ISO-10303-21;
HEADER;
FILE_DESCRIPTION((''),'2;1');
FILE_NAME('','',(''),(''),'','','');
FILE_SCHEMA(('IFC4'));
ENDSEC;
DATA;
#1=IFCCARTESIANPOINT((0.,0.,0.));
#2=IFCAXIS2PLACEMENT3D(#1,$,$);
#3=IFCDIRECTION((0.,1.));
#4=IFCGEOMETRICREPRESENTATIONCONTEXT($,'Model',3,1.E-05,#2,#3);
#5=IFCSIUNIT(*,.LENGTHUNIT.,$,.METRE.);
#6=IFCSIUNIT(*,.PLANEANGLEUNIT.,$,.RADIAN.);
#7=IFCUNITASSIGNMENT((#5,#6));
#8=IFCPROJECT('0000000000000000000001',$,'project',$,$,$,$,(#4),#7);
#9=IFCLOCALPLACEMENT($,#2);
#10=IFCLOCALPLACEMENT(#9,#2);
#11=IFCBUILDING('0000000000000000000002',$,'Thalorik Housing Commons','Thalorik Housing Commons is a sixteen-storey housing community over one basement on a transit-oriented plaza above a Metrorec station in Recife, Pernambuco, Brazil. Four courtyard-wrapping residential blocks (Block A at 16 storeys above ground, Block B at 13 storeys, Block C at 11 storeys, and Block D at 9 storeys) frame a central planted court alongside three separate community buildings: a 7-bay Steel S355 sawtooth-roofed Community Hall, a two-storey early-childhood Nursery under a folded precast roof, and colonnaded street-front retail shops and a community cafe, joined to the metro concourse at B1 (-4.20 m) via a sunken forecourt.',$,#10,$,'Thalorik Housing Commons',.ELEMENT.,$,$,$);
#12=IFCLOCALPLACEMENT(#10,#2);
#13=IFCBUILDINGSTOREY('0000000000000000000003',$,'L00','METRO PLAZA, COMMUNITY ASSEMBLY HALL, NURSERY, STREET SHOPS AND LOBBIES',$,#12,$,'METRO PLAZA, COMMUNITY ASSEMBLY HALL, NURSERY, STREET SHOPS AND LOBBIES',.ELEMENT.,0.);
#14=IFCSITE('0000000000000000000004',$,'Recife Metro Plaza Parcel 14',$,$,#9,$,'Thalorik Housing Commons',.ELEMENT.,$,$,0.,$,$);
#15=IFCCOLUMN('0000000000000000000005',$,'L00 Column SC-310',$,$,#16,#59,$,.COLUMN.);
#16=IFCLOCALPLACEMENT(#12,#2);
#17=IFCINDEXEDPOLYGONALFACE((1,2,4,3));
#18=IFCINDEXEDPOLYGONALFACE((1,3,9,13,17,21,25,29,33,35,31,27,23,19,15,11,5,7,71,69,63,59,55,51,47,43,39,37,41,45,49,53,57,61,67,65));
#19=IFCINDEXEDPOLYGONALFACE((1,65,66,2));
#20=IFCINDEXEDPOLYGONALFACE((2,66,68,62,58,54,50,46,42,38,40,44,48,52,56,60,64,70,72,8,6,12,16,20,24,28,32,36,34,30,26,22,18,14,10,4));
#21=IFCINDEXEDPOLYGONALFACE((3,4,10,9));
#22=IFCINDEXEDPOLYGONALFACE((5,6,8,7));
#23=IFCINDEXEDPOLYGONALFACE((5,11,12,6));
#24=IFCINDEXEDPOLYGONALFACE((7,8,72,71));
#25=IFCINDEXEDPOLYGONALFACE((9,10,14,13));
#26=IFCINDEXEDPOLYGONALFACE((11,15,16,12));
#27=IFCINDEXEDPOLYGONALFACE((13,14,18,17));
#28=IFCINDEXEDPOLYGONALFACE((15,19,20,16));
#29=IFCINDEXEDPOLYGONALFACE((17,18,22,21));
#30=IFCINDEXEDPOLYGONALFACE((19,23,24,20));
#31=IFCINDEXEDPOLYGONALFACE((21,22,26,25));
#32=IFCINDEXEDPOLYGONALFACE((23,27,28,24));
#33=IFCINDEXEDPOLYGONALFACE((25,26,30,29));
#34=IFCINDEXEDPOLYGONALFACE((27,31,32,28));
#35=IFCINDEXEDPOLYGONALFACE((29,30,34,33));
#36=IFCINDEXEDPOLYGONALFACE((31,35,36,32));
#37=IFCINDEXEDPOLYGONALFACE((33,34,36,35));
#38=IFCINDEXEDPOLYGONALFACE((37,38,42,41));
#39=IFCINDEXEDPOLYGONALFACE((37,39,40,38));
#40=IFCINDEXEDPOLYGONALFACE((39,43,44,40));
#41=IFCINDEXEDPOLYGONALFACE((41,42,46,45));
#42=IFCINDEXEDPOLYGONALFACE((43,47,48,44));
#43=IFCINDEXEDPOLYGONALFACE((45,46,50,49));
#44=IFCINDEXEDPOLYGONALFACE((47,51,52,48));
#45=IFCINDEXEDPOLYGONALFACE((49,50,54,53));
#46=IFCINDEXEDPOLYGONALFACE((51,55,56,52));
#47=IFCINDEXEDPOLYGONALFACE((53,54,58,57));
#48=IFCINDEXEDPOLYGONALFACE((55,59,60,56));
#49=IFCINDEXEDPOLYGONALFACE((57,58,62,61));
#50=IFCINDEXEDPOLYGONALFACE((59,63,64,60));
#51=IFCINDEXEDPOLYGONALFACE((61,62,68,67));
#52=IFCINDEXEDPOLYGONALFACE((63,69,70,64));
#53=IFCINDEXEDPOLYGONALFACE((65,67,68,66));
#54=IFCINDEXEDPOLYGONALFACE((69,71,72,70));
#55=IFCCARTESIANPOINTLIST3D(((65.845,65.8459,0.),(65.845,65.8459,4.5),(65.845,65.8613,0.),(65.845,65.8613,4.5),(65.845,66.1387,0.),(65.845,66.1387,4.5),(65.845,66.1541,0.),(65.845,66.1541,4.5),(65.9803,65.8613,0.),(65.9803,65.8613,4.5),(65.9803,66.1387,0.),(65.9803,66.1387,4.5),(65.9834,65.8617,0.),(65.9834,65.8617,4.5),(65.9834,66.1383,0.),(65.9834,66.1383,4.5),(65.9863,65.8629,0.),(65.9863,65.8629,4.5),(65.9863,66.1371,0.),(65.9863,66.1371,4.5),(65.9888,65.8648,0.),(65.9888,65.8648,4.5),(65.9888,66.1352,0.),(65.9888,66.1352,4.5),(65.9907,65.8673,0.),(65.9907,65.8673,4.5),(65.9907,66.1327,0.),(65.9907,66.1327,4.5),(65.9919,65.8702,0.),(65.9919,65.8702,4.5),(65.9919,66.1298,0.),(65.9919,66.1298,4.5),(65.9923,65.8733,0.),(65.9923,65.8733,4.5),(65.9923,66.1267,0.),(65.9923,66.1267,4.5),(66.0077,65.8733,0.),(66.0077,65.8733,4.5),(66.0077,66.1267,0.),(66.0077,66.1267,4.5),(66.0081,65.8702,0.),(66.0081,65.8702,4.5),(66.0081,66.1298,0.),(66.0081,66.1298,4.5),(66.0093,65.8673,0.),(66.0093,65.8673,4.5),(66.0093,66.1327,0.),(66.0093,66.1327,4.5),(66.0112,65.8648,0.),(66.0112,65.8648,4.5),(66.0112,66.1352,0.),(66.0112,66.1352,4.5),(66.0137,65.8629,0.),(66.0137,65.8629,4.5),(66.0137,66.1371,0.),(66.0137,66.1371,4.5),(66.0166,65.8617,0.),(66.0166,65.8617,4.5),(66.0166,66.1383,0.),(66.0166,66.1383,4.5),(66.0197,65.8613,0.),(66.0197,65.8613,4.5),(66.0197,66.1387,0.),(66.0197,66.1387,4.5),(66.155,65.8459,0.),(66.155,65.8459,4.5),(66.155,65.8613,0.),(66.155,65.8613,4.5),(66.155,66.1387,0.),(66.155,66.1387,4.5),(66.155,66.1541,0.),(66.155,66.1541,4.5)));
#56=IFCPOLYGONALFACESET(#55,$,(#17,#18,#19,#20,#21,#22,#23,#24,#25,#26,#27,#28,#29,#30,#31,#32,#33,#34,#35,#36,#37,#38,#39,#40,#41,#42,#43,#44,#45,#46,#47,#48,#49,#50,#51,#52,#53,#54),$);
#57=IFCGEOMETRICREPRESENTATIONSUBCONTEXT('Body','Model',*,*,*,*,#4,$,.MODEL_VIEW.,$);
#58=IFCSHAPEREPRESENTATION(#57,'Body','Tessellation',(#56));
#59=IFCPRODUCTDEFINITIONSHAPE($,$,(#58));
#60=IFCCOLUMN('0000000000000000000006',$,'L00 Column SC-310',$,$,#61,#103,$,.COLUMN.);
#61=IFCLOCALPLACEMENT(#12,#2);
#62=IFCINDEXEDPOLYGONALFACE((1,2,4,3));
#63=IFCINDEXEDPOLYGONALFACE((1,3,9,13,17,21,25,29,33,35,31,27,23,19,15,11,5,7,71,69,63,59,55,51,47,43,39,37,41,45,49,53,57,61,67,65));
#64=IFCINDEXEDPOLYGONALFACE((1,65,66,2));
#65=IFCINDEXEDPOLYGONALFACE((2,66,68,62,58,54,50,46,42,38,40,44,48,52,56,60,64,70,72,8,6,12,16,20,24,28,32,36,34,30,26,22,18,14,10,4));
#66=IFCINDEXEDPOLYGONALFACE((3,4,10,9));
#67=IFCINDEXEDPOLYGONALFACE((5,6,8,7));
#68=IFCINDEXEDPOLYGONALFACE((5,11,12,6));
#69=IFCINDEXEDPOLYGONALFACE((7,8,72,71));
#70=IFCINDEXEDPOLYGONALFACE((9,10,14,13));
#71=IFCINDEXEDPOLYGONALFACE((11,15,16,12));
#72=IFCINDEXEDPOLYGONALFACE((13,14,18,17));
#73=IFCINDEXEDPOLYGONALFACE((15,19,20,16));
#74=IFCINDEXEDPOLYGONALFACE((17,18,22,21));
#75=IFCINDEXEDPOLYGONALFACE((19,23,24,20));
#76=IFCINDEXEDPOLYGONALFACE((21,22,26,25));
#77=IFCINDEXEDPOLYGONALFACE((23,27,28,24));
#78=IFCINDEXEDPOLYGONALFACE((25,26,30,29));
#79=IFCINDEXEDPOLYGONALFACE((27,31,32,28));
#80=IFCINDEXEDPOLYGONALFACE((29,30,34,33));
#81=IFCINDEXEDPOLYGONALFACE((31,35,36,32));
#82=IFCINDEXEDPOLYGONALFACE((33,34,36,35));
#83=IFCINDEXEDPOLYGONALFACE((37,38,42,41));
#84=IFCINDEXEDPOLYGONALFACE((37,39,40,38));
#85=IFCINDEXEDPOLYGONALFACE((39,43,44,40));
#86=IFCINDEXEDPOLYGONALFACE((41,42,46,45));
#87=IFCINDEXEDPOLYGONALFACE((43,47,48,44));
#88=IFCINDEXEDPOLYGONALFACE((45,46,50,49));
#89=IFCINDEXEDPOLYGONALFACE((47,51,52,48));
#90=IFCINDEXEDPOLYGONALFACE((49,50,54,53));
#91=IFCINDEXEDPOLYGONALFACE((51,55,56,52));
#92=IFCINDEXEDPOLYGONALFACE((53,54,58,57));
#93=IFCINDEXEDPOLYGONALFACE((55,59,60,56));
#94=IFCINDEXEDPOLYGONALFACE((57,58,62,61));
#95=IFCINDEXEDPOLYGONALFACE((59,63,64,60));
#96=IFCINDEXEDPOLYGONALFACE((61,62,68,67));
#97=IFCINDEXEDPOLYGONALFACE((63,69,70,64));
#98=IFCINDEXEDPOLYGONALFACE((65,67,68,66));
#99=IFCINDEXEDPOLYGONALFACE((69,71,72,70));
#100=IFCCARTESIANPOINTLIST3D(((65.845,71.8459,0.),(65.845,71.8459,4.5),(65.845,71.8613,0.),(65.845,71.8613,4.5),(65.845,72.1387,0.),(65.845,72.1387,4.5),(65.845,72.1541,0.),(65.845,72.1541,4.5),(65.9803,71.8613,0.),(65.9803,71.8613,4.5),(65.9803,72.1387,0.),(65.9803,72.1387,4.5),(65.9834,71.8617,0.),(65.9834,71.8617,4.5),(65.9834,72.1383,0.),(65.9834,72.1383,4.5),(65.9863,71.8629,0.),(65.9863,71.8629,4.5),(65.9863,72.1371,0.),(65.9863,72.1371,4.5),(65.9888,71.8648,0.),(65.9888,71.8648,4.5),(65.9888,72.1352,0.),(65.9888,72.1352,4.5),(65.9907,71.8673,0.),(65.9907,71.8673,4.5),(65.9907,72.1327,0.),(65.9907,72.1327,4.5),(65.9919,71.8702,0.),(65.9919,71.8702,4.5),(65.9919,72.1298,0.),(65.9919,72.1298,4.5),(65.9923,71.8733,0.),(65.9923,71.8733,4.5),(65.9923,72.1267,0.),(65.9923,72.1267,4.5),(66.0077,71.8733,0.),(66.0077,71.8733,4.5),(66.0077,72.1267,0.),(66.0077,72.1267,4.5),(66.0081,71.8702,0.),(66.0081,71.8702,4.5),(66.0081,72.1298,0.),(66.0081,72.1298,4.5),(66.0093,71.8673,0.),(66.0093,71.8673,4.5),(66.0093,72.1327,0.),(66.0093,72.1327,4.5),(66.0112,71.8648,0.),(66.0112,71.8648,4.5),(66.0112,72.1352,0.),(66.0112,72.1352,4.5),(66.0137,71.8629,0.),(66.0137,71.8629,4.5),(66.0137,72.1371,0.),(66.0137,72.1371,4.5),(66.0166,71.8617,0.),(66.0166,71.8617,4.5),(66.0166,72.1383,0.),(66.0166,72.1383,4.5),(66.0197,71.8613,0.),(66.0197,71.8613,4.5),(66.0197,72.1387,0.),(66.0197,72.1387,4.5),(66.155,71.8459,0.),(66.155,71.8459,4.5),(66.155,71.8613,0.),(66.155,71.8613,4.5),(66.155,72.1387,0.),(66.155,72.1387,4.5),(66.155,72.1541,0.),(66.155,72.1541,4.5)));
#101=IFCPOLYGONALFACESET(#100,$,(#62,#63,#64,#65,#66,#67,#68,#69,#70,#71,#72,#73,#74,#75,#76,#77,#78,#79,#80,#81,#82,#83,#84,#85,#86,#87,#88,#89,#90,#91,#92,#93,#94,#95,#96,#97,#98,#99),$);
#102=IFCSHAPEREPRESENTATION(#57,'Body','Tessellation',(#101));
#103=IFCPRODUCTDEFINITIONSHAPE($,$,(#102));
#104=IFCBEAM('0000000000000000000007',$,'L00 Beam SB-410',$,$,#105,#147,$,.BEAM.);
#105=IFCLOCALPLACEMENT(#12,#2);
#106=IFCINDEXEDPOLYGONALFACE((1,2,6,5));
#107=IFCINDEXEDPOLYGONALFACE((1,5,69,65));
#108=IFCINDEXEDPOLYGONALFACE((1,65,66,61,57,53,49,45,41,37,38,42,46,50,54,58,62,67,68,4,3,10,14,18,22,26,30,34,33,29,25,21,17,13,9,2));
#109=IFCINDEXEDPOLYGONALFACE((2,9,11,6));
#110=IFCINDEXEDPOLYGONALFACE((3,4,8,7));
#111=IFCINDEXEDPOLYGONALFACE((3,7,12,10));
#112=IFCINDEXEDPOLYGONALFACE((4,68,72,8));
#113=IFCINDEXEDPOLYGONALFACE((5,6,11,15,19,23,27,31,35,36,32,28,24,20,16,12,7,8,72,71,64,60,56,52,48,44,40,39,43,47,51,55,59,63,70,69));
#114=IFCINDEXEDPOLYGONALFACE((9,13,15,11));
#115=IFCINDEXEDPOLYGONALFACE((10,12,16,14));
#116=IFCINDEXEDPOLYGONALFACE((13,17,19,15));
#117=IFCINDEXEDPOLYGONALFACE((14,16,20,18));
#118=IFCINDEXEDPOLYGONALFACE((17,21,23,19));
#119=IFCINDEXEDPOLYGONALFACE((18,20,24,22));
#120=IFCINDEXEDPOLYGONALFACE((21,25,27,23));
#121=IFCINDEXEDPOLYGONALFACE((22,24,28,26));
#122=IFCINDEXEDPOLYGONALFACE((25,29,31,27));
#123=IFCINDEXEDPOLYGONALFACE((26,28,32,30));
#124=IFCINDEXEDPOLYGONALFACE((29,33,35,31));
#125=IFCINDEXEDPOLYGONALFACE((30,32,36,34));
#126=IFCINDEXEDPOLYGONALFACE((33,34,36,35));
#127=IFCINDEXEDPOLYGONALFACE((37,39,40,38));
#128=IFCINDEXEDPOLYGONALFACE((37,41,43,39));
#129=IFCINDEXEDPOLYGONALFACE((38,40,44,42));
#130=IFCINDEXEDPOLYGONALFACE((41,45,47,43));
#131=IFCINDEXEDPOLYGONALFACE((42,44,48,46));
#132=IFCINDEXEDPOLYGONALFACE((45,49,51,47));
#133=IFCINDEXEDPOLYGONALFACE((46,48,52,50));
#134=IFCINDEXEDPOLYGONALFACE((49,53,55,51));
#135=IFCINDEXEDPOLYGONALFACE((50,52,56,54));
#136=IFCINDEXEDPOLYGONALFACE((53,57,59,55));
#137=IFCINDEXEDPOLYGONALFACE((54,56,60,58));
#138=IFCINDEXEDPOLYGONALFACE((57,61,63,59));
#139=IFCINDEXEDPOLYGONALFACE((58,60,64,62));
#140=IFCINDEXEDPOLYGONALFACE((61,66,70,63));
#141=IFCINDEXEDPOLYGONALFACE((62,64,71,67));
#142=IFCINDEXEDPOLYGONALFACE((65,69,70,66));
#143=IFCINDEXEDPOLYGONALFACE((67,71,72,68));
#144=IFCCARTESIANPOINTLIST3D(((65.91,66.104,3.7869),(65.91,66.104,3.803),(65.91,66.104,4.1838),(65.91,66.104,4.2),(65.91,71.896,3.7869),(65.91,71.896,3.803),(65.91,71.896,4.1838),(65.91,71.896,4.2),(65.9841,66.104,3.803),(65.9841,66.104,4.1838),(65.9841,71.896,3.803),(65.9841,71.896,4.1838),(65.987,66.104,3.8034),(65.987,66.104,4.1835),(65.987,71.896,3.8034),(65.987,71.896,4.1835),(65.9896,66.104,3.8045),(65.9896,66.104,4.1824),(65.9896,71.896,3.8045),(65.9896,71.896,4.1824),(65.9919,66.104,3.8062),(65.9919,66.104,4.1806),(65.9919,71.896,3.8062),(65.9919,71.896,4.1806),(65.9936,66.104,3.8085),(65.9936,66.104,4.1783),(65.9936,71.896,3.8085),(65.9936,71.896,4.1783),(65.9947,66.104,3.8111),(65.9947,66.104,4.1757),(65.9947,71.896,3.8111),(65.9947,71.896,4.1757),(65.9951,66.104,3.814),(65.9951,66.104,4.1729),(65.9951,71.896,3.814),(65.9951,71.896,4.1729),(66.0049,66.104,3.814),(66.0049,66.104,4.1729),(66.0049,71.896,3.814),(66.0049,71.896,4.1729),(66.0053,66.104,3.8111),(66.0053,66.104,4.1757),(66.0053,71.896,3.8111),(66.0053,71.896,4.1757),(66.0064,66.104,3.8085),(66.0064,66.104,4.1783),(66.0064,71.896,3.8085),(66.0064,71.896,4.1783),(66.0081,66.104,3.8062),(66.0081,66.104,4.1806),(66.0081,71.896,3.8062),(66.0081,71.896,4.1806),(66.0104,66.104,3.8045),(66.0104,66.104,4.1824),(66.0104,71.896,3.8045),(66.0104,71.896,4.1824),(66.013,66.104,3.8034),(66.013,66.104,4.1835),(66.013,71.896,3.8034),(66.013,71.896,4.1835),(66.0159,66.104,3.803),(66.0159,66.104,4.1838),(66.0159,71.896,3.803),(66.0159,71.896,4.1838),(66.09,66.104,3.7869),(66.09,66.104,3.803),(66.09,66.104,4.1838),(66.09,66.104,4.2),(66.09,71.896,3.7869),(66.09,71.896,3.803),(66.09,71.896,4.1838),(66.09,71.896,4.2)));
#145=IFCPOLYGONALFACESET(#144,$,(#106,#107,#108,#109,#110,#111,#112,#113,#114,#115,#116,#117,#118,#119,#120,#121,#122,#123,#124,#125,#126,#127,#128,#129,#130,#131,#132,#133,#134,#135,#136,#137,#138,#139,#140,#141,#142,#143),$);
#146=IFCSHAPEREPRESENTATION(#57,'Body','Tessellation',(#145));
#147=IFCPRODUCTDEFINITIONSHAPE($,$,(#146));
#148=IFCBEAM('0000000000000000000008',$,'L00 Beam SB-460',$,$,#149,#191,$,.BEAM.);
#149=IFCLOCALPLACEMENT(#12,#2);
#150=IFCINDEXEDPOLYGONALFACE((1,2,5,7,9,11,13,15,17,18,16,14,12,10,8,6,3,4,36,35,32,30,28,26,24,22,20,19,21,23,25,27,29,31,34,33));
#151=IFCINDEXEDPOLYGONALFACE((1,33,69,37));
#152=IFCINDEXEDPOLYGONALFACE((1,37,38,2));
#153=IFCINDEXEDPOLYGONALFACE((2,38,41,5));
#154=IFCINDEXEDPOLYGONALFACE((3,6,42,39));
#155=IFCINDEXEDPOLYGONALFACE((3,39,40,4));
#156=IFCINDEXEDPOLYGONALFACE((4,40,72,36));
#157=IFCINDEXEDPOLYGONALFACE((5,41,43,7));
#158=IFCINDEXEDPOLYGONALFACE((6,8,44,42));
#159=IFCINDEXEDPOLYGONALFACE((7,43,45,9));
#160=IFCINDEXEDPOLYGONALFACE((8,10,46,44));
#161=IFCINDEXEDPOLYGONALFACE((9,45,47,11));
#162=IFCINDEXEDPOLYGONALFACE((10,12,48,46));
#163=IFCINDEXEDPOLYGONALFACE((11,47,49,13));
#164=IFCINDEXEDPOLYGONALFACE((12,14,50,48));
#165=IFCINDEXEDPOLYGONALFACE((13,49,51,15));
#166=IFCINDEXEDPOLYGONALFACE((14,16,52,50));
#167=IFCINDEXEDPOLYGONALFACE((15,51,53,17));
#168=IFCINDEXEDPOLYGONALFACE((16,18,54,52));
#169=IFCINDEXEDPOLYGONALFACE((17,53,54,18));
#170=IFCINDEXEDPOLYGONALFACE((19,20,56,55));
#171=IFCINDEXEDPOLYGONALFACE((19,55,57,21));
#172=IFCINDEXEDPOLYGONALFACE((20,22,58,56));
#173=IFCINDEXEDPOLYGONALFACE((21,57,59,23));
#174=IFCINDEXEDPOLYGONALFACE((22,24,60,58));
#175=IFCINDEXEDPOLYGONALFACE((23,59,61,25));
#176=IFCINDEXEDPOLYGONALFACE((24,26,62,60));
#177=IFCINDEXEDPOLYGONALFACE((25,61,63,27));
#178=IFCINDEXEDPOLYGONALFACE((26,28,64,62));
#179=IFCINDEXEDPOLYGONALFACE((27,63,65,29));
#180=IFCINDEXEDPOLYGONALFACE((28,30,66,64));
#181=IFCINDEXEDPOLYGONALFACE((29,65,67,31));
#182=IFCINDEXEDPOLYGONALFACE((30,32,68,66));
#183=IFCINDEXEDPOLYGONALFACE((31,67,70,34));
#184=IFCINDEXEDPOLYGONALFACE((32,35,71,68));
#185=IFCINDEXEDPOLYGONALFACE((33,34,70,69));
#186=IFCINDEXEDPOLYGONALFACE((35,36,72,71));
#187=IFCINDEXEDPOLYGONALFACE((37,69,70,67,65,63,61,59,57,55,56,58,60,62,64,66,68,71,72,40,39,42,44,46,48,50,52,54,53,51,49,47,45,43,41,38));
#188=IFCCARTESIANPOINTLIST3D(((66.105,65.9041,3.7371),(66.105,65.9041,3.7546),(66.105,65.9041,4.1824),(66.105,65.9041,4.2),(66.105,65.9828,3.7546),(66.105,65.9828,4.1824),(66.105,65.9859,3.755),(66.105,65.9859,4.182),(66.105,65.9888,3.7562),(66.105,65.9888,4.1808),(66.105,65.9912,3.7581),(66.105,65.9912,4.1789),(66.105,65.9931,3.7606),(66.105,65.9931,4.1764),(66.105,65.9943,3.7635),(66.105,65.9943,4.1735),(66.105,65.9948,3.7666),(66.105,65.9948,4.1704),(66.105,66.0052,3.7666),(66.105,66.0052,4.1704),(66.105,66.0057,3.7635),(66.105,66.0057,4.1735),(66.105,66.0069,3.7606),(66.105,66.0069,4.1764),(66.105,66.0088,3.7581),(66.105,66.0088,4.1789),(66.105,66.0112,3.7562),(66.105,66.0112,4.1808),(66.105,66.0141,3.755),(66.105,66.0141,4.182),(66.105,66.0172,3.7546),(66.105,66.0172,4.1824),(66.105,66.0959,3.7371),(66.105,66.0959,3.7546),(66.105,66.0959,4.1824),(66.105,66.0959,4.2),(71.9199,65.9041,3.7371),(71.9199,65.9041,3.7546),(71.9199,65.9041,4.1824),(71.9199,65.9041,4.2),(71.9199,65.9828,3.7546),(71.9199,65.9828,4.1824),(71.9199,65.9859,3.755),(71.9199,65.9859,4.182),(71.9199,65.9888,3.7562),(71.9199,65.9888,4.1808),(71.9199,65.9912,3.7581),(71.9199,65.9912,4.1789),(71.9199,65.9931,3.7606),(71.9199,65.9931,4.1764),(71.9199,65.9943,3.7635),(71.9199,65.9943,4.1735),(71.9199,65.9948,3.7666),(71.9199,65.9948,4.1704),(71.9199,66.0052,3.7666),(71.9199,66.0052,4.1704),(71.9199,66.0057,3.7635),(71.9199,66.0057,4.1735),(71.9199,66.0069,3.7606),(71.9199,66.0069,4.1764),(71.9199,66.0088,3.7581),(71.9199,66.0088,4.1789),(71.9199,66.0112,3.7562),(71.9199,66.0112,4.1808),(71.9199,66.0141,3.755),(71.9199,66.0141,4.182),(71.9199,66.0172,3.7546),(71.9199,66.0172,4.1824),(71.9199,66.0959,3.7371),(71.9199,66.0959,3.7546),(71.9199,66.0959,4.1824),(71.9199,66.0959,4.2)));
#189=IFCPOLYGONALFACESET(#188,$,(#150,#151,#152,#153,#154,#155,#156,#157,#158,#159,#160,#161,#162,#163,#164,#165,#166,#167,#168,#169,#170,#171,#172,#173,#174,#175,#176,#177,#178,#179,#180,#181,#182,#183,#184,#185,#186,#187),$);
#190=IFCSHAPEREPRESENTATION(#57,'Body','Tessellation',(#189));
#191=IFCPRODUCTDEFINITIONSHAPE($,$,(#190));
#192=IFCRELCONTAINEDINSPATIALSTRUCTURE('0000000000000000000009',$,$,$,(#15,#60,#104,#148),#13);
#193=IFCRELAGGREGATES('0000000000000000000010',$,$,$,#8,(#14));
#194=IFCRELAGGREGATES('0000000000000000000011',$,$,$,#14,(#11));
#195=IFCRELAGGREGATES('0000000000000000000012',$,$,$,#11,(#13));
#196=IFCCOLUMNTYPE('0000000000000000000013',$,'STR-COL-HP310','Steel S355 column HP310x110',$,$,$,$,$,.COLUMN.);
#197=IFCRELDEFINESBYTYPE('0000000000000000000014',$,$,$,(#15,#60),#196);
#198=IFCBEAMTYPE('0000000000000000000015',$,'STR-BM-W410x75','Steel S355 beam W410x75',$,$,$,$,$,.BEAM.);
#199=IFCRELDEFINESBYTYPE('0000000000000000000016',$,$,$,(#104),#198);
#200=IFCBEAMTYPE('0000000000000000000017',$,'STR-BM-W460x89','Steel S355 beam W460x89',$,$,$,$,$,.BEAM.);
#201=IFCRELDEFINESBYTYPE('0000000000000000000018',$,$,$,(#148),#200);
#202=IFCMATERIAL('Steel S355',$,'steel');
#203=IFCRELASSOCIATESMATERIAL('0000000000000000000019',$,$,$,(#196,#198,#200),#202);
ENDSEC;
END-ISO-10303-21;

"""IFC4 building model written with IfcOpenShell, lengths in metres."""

from ifc_helpers import new_model, si_unit, direction, frame, origin, origin_2d, place, context, subcontext, project, spatial, i_section, extrude, material, material_profile, profile_set, type_object, element, save


model = new_model("IFC4")

# Units and contexts
model_context = context("Model", 3, precision=1e-05, world=origin(), true_north=direction((0.0, 1.0)))
body_context = subcontext(model_context, "Body", "Model", "MODEL_VIEW")
ifc_project = project(units=[si_unit("LENGTHUNIT", "METRE"), si_unit("PLANEANGLEUNIT", "RADIAN")], contexts=[model_context])

# Site, building, storey
site_placement = place(None, origin())
site = spatial("IfcSite", under=ifc_project, at=site_placement, Name="Recife Metro Plaza Parcel 14", LongName="Thalorik Housing Commons", CompositionType="ELEMENT", RefElevation=0.0)
building_placement = place(site_placement, origin())
building = spatial("IfcBuilding", under=site, at=building_placement, Name="Thalorik Housing Commons", Description="Thalorik Housing Commons is a sixteen-storey housing community over one basement on a transit-oriented plaza above a Metrorec station in Recife, Pernambuco, Brazil. Four courtyard-wrapping residential blocks (Block A at 16 storeys above ground, Block B at 13 storeys, Block C at 11 storeys, and Block D at 9 storeys) frame a central planted court alongside three separate community buildings: a 7-bay Steel S355 sawtooth-roofed Community Hall, a two-storey early-childhood Nursery under a folded precast roof, and colonnaded street-front retail shops and a community cafe, joined to the metro concourse at B1 (-4.20 m) via a sunken forecourt.", LongName="Thalorik Housing Commons", CompositionType="ELEMENT")
storey_placement = place(building_placement, origin())
storey = spatial("IfcBuildingStorey", under=building, at=storey_placement, Name="L00", Description="METRO PLAZA, COMMUNITY ASSEMBLY HALL, NURSERY, STREET SHOPS AND LOBBIES", LongName="METRO PLAZA, COMMUNITY ASSEMBLY HALL, NURSERY, STREET SHOPS AND LOBBIES", CompositionType="ELEMENT", Elevation=0.0)

# Columns
ifc_material_1 = material(Name="Steel S355", Category="steel")
ifc_material_profile_1 = material_profile(ifc_material_1, i_section(OverallWidth=0.3101, OverallDepth=0.3081, WebThickness=0.0154, FlangeThickness=0.0154, FilletRadius=0.012, at=origin_2d()), Name="HP310x110", Category="steel")
ifc_profile_set_1 = profile_set([ifc_material_profile_1], Name="Steel S355")
column_type = type_object("IfcColumnType", Name="STR-COL-HP310", Description="Steel S355 column HP310x110", PredefinedType="COLUMN", material=ifc_profile_set_1)
for number, where, z_axis, x_axis, name in (
    (1, (66.0, 66.0, 0.0), (0.0, 0.0, 1.0), (1.0, 0.0, 0.0), "L00 Column SC-310"),
    (2, (66.0, 72.0, 0.0), (0.0, 0.0, 1.0), (1.0, 0.0, 0.0), "L00 Column SC-310"),
):
    element("IfcColumn", number, at=place(storey_placement, frame(where, z_axis=z_axis, x_axis=x_axis)), inside=storey, type_object=column_type, Name=name, PredefinedType="COLUMN", context=body_context, shape_type="SweptSolid", body=[
        extrude(i_section(OverallWidth=0.3101, OverallDepth=0.3081, WebThickness=0.0154, FlangeThickness=0.0154, FilletRadius=0.012, at=origin_2d()), origin(), (0.0, 0.0, 1.0), 4.5),
    ])

# Beams
ifc_material_profile_2 = material_profile(ifc_material_1, i_section(OverallWidth=0.1799, OverallDepth=0.4131, WebThickness=0.0098, FlangeThickness=0.0161, FilletRadius=0.011, at=origin_2d()), Name="W410x75", Category="steel")
ifc_profile_set_2 = profile_set([ifc_material_profile_2], Name="Steel S355")
beam_type_1 = type_object("IfcBeamType", Name="STR-BM-W410x75", Description="Steel S355 beam W410x75", PredefinedType="BEAM", material=ifc_profile_set_2)
beam_placement = place(storey_placement, frame((66.0, 66.104, 3.9934), z_axis=(0.0, 1.0, 0.0), x_axis=(-1.0, 0.0, 0.0)))
element("IfcBeam", 3, at=beam_placement, inside=storey, type_object=beam_type_1, Name="L00 Beam SB-410", PredefinedType="BEAM", context=body_context, shape_type="SweptSolid", body=[
    extrude(i_section(OverallWidth=0.1799, OverallDepth=0.4131, WebThickness=0.0098, FlangeThickness=0.0161, FilletRadius=0.011, at=origin_2d()), origin(), (0.0, 0.0, 1.0), 5.792),
])
ifc_material_profile_3 = material_profile(ifc_material_1, i_section(OverallWidth=0.1919, OverallDepth=0.4629, WebThickness=0.0105, FlangeThickness=0.0176, FilletRadius=0.012, at=origin_2d()), Name="W460x89", Category="steel")
ifc_profile_set_3 = profile_set([ifc_material_profile_3], Name="Steel S355")
beam_type_2 = type_object("IfcBeamType", Name="STR-BM-W460x89", Description="Steel S355 beam W460x89", PredefinedType="BEAM", material=ifc_profile_set_3)
for number, where, z_axis, x_axis, name in (
    (4, (66.105, 66.0, 3.9685), (1.0, 0.0, 0.0), (0.0, 1.0, 0.0), "L00 Beam SB-460"),
):
    element("IfcBeam", number, at=place(storey_placement, frame(where, z_axis=z_axis, x_axis=x_axis)), inside=storey, type_object=beam_type_2, Name=name, PredefinedType="BEAM", context=body_context, shape_type="SweptSolid", body=[
        extrude(i_section(OverallWidth=0.1919, OverallDepth=0.4629, WebThickness=0.0105, FlangeThickness=0.0176, FilletRadius=0.012, at=origin_2d()), origin(), (0.0, 0.0, 1.0), 5.8149),
    ])

save(model, "model.ifc")
